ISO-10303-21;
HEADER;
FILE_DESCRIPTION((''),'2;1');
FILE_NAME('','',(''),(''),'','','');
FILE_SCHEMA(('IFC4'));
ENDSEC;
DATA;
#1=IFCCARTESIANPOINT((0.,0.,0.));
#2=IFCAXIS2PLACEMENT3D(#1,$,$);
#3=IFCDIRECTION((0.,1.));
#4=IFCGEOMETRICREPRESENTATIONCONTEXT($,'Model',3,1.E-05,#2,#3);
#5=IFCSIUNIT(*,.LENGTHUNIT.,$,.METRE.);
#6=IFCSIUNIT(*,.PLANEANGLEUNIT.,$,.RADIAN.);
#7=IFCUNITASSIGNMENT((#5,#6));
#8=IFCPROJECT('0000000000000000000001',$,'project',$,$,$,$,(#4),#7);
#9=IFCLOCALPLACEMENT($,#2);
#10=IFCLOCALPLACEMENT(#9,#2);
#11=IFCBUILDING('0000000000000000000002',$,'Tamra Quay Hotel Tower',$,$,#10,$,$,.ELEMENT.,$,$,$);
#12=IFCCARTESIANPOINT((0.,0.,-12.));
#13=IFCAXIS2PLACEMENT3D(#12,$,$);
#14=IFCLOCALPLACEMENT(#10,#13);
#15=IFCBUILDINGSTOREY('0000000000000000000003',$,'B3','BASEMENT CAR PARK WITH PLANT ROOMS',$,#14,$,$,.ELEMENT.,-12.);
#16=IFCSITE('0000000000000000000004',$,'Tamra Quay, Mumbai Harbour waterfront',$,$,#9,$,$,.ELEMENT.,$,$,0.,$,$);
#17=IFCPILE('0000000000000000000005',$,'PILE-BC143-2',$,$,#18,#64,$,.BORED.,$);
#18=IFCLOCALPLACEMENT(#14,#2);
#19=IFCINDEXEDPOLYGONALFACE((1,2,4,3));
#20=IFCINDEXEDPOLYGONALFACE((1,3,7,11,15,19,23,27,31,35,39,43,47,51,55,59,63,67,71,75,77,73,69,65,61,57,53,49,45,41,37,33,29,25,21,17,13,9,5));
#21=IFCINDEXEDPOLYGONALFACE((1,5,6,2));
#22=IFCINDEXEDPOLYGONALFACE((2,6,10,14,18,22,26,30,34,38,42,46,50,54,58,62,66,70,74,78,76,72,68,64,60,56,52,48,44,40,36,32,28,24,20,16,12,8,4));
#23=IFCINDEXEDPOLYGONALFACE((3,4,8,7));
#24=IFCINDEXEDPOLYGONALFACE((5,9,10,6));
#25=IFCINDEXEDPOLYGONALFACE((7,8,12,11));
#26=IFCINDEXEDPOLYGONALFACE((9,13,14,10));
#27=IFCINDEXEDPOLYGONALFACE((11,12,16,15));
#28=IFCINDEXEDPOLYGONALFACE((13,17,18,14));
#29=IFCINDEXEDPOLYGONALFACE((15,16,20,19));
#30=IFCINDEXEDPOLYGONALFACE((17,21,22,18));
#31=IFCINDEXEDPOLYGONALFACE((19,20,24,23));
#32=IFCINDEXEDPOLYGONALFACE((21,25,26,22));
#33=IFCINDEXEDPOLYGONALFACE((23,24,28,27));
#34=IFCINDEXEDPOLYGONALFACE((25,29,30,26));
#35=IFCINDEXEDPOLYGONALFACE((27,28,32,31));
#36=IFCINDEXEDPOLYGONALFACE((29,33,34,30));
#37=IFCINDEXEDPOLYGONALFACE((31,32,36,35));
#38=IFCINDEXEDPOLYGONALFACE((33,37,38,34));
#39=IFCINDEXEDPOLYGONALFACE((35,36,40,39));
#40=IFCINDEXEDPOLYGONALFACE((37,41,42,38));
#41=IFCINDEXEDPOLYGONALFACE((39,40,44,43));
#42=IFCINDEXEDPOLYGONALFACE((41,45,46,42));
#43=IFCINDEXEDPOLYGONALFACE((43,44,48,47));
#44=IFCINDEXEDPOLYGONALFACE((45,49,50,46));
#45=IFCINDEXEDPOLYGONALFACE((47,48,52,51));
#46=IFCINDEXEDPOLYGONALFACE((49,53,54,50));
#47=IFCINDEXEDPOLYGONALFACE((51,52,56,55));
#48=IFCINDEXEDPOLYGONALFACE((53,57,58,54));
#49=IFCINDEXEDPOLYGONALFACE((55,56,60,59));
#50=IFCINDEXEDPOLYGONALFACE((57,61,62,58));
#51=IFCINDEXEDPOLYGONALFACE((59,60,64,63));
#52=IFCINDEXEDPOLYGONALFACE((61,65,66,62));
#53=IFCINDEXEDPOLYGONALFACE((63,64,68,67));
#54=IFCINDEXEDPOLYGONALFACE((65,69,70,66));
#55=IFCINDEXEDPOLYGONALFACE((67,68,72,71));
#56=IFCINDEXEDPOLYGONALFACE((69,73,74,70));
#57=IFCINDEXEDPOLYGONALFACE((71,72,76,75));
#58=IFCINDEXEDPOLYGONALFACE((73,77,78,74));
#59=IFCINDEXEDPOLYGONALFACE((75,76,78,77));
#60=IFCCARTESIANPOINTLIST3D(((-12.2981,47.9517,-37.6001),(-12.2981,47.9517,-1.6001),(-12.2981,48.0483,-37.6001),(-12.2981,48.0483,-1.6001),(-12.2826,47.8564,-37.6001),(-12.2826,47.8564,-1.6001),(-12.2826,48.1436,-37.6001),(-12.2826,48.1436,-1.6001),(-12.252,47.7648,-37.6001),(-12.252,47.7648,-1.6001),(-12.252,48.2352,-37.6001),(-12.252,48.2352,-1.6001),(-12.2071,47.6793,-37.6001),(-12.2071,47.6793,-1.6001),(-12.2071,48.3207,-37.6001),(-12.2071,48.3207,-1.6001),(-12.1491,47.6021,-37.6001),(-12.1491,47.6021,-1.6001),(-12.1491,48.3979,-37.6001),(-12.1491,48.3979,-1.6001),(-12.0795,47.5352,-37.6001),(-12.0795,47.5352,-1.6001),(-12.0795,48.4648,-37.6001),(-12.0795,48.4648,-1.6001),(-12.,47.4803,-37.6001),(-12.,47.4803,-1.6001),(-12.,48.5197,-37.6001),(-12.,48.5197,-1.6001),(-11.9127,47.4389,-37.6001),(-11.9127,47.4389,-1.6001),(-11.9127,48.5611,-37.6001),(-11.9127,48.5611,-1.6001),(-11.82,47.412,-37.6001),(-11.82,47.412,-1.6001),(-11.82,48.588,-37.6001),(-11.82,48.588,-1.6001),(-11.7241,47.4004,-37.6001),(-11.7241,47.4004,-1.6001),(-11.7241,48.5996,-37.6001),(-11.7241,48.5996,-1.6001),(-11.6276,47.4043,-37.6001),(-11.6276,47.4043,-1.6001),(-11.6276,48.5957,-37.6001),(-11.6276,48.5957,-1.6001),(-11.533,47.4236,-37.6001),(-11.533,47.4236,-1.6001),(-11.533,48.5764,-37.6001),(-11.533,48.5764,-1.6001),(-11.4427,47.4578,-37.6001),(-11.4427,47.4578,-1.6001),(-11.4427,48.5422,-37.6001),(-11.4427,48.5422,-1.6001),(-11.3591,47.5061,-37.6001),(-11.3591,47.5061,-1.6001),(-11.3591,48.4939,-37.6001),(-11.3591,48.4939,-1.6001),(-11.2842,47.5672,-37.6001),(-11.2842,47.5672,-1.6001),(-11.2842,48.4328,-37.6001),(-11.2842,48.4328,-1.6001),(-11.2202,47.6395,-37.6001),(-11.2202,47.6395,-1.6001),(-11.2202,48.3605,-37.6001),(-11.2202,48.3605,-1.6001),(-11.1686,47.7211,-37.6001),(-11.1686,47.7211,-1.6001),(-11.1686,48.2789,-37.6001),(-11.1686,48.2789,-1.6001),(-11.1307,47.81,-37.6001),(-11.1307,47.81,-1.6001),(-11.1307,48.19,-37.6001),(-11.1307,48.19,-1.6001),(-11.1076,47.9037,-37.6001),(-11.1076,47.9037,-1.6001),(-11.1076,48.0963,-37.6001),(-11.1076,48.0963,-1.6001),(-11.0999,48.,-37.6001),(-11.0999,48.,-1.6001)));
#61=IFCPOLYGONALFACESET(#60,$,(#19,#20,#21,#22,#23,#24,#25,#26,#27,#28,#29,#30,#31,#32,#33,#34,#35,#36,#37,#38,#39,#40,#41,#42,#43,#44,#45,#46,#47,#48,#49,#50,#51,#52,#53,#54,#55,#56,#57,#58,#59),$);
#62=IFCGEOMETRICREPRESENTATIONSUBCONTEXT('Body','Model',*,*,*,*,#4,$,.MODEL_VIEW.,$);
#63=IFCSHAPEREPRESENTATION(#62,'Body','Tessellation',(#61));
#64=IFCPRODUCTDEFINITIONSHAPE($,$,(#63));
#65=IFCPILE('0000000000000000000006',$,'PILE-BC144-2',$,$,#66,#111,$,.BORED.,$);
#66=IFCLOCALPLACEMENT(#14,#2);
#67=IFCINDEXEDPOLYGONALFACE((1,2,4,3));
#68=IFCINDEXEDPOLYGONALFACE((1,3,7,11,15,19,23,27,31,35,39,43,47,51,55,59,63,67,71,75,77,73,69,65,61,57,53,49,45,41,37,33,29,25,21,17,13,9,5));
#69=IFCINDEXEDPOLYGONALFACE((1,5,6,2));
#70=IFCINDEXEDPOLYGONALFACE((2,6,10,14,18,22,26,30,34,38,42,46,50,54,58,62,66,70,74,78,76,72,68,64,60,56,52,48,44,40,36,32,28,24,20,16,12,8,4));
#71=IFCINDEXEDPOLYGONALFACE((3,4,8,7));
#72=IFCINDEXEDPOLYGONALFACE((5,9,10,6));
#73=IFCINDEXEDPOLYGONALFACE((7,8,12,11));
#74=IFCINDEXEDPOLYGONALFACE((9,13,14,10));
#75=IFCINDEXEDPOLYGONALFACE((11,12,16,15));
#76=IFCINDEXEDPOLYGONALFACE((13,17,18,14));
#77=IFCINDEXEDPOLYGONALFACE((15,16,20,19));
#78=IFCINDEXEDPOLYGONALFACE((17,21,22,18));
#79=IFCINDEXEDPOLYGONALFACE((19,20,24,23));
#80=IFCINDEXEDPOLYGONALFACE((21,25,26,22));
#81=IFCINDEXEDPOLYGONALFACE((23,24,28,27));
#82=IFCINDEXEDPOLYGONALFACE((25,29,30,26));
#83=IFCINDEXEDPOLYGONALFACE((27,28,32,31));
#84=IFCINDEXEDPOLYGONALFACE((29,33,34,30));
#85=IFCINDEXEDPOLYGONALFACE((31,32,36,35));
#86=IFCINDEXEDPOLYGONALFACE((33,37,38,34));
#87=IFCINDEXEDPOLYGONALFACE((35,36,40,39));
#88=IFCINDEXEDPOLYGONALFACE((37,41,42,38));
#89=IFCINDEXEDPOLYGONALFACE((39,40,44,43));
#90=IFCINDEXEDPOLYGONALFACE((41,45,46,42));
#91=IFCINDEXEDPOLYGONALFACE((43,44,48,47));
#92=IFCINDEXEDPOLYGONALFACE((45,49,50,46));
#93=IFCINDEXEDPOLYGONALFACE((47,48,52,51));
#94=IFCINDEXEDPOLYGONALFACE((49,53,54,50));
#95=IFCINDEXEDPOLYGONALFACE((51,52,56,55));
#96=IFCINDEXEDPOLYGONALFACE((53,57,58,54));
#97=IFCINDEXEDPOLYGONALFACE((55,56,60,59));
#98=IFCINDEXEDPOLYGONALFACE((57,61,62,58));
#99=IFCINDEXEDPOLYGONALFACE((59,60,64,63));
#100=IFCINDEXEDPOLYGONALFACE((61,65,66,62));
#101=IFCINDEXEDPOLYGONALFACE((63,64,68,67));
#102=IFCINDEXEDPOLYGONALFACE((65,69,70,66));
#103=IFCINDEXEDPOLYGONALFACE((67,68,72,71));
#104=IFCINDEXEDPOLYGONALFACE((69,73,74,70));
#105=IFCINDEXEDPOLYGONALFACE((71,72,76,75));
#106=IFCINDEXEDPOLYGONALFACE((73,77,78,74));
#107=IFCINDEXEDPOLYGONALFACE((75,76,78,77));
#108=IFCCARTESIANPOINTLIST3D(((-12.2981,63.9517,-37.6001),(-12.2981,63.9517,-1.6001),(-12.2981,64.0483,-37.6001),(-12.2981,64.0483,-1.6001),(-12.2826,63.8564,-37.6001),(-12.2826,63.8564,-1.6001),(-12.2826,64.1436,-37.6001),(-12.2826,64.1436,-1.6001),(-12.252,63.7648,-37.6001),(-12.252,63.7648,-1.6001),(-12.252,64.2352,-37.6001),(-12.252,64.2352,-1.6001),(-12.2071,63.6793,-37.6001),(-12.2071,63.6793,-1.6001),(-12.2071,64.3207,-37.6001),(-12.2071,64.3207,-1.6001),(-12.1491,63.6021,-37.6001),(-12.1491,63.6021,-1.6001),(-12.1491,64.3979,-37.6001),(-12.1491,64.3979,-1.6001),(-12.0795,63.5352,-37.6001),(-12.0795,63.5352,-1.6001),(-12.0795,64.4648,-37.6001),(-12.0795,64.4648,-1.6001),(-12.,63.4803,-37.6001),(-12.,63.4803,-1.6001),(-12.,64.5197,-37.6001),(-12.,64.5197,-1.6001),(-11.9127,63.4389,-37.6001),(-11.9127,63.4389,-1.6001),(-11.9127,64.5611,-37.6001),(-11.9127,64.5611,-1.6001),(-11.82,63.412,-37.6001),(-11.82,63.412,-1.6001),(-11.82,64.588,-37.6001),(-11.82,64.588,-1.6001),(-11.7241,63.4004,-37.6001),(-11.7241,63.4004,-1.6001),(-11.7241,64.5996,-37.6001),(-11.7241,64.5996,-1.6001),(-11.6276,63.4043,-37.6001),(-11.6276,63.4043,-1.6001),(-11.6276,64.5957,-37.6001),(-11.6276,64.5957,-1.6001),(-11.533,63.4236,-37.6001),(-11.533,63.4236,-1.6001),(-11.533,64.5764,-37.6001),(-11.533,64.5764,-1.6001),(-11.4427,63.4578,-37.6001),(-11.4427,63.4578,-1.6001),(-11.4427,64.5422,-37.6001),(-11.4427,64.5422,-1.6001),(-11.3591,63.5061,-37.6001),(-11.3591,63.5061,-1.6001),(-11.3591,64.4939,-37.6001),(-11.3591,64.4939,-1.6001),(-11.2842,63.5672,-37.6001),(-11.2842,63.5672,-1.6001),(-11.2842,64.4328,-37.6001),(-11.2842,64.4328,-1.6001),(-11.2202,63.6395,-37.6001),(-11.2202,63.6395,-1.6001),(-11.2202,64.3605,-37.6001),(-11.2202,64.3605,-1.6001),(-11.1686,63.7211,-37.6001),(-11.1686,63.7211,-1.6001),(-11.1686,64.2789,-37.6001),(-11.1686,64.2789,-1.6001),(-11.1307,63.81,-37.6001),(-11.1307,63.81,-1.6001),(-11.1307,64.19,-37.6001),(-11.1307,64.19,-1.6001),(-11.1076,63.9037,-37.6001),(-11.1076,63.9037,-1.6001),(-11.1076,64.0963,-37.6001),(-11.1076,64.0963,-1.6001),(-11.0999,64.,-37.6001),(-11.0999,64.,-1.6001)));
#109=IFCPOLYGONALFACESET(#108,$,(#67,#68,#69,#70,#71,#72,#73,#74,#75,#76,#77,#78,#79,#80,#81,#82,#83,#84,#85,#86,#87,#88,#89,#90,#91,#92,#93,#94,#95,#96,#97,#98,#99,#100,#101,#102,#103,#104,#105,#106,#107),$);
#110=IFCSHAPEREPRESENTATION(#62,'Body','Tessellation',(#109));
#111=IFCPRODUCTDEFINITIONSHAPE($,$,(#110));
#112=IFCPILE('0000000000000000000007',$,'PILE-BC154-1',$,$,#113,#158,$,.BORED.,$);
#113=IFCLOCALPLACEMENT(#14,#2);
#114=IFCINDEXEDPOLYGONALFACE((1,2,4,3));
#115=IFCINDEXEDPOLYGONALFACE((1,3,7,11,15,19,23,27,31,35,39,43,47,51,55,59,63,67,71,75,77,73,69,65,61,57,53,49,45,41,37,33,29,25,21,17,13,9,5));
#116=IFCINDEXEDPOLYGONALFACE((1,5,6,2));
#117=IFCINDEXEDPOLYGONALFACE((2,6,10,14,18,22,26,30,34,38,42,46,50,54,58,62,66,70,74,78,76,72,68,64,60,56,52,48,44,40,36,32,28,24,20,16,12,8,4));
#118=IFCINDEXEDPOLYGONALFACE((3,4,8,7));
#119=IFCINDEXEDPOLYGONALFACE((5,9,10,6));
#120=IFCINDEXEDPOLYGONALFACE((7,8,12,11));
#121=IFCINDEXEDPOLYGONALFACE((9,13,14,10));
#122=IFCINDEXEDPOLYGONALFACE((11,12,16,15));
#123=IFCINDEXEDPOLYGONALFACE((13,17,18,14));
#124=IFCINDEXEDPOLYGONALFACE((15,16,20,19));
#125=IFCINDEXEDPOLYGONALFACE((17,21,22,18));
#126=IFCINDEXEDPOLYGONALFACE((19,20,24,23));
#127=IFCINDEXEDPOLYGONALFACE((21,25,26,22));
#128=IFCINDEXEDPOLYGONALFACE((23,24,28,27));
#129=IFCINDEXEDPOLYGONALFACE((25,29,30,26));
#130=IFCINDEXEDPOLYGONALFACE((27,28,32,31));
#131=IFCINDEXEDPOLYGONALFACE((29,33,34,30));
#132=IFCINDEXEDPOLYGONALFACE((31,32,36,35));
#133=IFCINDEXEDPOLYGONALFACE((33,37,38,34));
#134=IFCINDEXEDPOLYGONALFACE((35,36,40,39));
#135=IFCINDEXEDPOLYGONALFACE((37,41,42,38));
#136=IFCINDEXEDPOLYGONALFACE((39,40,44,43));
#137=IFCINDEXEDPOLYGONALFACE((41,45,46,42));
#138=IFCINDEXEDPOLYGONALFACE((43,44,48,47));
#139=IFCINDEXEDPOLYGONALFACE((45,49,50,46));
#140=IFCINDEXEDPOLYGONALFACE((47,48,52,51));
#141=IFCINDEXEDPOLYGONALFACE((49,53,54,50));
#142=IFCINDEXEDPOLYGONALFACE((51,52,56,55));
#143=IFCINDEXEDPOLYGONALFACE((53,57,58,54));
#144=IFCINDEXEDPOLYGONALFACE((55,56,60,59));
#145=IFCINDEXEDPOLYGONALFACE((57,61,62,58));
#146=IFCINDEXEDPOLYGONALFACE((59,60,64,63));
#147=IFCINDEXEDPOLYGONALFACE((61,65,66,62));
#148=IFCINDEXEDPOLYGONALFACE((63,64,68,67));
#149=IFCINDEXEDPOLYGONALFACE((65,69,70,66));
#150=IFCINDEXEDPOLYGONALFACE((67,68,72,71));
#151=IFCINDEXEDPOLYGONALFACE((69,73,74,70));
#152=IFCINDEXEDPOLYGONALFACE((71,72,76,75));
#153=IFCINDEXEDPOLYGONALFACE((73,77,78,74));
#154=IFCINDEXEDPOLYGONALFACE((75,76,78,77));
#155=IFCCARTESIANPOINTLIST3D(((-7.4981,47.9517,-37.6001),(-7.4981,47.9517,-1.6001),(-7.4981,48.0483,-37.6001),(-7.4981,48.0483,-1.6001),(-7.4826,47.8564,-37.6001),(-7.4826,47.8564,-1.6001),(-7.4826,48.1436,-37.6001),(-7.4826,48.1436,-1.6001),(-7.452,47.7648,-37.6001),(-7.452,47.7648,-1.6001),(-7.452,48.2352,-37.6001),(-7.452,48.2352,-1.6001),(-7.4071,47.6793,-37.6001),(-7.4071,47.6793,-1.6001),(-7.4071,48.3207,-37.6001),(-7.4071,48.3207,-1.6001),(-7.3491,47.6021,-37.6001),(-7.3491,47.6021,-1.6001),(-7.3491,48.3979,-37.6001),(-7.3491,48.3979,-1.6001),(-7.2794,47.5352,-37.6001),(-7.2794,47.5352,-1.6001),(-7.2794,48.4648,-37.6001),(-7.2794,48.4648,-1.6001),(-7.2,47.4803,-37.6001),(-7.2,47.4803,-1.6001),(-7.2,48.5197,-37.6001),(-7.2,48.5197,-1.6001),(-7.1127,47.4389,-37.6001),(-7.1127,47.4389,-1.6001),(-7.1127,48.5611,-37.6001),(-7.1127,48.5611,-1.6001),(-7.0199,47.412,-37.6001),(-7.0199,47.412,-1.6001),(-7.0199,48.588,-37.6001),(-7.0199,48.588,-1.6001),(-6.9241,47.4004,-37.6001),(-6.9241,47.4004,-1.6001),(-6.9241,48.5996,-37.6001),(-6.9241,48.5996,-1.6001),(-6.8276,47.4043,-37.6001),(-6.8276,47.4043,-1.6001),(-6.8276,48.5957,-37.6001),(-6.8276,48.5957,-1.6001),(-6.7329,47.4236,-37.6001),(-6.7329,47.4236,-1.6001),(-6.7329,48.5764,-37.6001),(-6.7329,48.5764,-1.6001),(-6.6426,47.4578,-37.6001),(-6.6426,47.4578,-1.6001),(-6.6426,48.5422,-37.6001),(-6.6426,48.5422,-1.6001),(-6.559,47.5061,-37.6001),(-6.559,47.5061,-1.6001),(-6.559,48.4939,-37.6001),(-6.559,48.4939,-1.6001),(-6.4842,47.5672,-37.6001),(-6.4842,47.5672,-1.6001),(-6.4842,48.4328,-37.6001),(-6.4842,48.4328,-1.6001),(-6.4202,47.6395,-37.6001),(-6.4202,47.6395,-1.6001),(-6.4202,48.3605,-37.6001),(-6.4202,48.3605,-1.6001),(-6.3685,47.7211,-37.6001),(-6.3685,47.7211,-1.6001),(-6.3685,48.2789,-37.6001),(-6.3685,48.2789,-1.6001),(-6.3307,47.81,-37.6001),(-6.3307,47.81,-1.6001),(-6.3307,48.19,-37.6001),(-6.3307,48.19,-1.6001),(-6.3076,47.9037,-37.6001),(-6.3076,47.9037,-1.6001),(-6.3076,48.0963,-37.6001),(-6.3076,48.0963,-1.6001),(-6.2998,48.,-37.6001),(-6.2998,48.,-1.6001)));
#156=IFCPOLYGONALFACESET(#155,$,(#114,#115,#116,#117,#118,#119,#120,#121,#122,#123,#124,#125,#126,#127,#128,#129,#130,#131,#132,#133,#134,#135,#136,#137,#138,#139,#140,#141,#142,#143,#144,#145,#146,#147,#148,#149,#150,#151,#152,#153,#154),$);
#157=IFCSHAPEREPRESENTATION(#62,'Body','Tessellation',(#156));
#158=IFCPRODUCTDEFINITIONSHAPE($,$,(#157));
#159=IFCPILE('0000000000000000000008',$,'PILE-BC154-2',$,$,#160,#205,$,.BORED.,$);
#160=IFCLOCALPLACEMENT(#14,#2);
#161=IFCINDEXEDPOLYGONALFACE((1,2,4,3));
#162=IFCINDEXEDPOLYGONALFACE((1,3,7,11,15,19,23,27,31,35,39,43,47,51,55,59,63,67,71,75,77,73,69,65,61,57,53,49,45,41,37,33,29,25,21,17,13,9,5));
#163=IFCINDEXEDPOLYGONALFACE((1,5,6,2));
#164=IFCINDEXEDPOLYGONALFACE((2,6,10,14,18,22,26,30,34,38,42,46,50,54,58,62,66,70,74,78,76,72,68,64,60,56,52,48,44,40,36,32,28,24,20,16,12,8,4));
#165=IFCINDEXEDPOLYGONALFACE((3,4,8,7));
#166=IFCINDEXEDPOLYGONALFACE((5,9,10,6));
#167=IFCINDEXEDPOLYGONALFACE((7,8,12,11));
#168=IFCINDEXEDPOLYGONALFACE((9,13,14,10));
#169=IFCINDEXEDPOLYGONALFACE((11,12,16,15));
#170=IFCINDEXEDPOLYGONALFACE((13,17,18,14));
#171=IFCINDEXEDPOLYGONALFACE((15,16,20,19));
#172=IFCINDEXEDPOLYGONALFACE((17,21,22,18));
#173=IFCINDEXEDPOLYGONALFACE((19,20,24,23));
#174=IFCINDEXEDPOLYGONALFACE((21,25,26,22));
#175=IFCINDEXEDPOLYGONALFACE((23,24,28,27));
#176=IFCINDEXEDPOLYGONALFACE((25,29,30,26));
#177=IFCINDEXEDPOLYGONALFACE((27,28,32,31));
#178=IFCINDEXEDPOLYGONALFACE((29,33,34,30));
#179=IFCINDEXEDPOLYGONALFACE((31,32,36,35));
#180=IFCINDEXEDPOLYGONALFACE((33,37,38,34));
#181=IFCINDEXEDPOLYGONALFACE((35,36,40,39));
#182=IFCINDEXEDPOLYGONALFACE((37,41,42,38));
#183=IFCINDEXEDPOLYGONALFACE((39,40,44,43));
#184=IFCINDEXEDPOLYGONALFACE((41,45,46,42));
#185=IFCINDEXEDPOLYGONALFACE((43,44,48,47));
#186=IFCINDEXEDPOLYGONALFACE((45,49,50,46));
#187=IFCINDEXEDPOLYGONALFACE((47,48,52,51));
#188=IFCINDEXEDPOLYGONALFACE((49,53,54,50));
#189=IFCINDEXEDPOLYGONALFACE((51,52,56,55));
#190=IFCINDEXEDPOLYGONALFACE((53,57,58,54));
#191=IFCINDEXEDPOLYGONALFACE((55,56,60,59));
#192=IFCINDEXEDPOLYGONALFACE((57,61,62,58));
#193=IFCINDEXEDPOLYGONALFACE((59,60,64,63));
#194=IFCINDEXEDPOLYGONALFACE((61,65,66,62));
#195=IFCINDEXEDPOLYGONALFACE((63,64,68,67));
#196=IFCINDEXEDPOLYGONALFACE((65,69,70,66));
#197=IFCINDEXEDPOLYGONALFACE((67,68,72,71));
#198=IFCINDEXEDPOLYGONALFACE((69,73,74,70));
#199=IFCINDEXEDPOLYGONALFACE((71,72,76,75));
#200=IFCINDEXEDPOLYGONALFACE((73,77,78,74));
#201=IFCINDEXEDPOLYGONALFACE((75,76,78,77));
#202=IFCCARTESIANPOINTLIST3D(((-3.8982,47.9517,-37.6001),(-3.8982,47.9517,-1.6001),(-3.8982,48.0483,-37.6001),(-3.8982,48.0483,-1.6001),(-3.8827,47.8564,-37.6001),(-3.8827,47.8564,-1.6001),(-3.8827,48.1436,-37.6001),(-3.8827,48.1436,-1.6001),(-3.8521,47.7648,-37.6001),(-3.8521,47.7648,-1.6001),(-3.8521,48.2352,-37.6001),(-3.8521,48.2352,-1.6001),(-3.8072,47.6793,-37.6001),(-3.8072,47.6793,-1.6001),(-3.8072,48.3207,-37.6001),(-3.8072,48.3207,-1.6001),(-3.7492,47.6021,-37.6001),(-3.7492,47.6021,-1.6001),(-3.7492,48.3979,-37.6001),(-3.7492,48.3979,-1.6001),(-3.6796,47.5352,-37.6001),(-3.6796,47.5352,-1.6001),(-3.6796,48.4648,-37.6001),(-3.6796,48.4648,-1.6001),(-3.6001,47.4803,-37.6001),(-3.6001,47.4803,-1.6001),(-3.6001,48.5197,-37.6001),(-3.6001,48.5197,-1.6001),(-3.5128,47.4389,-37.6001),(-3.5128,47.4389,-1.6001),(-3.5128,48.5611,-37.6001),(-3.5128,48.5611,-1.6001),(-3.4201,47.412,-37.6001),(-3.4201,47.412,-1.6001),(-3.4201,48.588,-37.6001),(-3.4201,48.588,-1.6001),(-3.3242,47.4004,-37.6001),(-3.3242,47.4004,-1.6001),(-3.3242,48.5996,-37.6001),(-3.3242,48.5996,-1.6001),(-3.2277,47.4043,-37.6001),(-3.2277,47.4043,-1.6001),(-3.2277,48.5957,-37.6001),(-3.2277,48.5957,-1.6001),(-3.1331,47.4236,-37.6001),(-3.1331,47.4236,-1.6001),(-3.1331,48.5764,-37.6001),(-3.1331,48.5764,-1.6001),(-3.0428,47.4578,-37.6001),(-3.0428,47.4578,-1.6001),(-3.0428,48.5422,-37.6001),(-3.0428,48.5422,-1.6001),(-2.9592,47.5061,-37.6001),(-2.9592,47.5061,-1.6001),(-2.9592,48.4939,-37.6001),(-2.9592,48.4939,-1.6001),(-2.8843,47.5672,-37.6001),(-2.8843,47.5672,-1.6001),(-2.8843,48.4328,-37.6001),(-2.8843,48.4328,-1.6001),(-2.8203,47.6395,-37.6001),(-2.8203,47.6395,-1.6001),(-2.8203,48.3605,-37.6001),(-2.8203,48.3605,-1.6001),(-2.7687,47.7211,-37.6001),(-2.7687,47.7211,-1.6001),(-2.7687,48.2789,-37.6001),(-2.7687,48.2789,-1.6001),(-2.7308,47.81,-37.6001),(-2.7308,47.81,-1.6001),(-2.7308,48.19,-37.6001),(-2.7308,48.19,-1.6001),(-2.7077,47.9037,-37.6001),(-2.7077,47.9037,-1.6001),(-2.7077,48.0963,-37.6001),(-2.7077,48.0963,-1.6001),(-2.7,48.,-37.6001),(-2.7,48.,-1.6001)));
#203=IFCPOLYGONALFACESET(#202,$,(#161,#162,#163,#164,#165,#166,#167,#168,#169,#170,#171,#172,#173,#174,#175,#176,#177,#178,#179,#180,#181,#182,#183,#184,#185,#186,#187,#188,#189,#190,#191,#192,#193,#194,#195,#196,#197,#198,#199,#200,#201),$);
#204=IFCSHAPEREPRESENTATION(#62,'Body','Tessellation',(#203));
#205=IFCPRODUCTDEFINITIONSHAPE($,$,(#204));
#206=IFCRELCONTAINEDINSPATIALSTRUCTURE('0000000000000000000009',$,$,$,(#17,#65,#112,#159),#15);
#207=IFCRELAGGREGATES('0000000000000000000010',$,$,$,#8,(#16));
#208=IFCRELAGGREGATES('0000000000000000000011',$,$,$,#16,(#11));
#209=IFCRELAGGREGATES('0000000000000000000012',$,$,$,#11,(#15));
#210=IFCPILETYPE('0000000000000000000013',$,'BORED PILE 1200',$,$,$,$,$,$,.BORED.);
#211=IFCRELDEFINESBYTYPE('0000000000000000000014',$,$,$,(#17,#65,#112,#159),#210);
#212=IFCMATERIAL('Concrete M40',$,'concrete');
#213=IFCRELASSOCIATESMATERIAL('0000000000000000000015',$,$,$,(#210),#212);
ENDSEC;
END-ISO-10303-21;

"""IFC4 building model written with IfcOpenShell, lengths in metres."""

from ifc_helpers import new_model, si_unit, direction, frame, origin, origin_2d, place, context, subcontext, project, spatial, circle, extrude, material, material_profile, profile_set, type_object, element, save


model = new_model("IFC4")

# Units and contexts
model_context = context("Model", 3, precision=1e-05, world=origin(), true_north=direction((0.0, 1.0)))
body_context = subcontext(model_context, "Body", "Model", "MODEL_VIEW")
ifc_project = project(units=[si_unit("LENGTHUNIT", "METRE"), si_unit("PLANEANGLEUNIT", "RADIAN")], contexts=[model_context])

# Site, building, storey
site_placement = place(None, origin())
site = spatial("IfcSite", under=ifc_project, at=site_placement, Name="Tamra Quay, Mumbai Harbour waterfront", CompositionType="ELEMENT", RefElevation=0.0)
building_placement = place(site_placement, origin())
building = spatial("IfcBuilding", under=site, at=building_placement, Name="Tamra Quay Hotel Tower", CompositionType="ELEMENT")
storey_placement = place(building_placement, frame((0.0, 0.0, -12.0)))
storey = spatial("IfcBuildingStorey", under=building, at=storey_placement, Name="B3", Description="BASEMENT CAR PARK WITH PLANT ROOMS", CompositionType="ELEMENT", Elevation=-12.0)

# Piles
ifc_material_1 = material(Name="Concrete M40", Category="concrete")
ifc_material_profile_1 = material_profile(ifc_material_1, circle(Radius=0.6001, at=origin_2d()), Name="BORED PILE 1200")
ifc_profile_set_1 = profile_set([ifc_material_profile_1], Name="Concrete M40")
pile_type = type_object("IfcPileType", Name="BORED PILE 1200", PredefinedType="BORED", material=ifc_profile_set_1)
for number, where, z_axis, x_axis, name in (
    (1, (-11.7, 48.0, -1.6001), (0.0, 0.0, -1.0), (1.0, 0.0, 0.0), "PILE-BC143-2"),
    (2, (-11.7, 64.0, -1.6001), (0.0, 0.0, -1.0), (1.0, 0.0, 0.0), "PILE-BC144-2"),
    (3, (-6.8999, 48.0, -1.6001), (0.0, 0.0, -1.0), (1.0, 0.0, 0.0), "PILE-BC154-1"),
    (4, (-3.3, 48.0, -1.6001), (0.0, 0.0, -1.0), (1.0, 0.0, 0.0), "PILE-BC154-2"),
):
    element("IfcPile", number, at=place(storey_placement, frame(where, z_axis=z_axis, x_axis=x_axis)), inside=storey, type_object=pile_type, Name=name, PredefinedType="BORED", context=body_context, shape_type="SweptSolid", body=[
        extrude(circle(Radius=0.6001, at=origin_2d()), origin(), (0.0, 0.0, 1.0), 36.0),
    ])

save(model, "model.ifc")
